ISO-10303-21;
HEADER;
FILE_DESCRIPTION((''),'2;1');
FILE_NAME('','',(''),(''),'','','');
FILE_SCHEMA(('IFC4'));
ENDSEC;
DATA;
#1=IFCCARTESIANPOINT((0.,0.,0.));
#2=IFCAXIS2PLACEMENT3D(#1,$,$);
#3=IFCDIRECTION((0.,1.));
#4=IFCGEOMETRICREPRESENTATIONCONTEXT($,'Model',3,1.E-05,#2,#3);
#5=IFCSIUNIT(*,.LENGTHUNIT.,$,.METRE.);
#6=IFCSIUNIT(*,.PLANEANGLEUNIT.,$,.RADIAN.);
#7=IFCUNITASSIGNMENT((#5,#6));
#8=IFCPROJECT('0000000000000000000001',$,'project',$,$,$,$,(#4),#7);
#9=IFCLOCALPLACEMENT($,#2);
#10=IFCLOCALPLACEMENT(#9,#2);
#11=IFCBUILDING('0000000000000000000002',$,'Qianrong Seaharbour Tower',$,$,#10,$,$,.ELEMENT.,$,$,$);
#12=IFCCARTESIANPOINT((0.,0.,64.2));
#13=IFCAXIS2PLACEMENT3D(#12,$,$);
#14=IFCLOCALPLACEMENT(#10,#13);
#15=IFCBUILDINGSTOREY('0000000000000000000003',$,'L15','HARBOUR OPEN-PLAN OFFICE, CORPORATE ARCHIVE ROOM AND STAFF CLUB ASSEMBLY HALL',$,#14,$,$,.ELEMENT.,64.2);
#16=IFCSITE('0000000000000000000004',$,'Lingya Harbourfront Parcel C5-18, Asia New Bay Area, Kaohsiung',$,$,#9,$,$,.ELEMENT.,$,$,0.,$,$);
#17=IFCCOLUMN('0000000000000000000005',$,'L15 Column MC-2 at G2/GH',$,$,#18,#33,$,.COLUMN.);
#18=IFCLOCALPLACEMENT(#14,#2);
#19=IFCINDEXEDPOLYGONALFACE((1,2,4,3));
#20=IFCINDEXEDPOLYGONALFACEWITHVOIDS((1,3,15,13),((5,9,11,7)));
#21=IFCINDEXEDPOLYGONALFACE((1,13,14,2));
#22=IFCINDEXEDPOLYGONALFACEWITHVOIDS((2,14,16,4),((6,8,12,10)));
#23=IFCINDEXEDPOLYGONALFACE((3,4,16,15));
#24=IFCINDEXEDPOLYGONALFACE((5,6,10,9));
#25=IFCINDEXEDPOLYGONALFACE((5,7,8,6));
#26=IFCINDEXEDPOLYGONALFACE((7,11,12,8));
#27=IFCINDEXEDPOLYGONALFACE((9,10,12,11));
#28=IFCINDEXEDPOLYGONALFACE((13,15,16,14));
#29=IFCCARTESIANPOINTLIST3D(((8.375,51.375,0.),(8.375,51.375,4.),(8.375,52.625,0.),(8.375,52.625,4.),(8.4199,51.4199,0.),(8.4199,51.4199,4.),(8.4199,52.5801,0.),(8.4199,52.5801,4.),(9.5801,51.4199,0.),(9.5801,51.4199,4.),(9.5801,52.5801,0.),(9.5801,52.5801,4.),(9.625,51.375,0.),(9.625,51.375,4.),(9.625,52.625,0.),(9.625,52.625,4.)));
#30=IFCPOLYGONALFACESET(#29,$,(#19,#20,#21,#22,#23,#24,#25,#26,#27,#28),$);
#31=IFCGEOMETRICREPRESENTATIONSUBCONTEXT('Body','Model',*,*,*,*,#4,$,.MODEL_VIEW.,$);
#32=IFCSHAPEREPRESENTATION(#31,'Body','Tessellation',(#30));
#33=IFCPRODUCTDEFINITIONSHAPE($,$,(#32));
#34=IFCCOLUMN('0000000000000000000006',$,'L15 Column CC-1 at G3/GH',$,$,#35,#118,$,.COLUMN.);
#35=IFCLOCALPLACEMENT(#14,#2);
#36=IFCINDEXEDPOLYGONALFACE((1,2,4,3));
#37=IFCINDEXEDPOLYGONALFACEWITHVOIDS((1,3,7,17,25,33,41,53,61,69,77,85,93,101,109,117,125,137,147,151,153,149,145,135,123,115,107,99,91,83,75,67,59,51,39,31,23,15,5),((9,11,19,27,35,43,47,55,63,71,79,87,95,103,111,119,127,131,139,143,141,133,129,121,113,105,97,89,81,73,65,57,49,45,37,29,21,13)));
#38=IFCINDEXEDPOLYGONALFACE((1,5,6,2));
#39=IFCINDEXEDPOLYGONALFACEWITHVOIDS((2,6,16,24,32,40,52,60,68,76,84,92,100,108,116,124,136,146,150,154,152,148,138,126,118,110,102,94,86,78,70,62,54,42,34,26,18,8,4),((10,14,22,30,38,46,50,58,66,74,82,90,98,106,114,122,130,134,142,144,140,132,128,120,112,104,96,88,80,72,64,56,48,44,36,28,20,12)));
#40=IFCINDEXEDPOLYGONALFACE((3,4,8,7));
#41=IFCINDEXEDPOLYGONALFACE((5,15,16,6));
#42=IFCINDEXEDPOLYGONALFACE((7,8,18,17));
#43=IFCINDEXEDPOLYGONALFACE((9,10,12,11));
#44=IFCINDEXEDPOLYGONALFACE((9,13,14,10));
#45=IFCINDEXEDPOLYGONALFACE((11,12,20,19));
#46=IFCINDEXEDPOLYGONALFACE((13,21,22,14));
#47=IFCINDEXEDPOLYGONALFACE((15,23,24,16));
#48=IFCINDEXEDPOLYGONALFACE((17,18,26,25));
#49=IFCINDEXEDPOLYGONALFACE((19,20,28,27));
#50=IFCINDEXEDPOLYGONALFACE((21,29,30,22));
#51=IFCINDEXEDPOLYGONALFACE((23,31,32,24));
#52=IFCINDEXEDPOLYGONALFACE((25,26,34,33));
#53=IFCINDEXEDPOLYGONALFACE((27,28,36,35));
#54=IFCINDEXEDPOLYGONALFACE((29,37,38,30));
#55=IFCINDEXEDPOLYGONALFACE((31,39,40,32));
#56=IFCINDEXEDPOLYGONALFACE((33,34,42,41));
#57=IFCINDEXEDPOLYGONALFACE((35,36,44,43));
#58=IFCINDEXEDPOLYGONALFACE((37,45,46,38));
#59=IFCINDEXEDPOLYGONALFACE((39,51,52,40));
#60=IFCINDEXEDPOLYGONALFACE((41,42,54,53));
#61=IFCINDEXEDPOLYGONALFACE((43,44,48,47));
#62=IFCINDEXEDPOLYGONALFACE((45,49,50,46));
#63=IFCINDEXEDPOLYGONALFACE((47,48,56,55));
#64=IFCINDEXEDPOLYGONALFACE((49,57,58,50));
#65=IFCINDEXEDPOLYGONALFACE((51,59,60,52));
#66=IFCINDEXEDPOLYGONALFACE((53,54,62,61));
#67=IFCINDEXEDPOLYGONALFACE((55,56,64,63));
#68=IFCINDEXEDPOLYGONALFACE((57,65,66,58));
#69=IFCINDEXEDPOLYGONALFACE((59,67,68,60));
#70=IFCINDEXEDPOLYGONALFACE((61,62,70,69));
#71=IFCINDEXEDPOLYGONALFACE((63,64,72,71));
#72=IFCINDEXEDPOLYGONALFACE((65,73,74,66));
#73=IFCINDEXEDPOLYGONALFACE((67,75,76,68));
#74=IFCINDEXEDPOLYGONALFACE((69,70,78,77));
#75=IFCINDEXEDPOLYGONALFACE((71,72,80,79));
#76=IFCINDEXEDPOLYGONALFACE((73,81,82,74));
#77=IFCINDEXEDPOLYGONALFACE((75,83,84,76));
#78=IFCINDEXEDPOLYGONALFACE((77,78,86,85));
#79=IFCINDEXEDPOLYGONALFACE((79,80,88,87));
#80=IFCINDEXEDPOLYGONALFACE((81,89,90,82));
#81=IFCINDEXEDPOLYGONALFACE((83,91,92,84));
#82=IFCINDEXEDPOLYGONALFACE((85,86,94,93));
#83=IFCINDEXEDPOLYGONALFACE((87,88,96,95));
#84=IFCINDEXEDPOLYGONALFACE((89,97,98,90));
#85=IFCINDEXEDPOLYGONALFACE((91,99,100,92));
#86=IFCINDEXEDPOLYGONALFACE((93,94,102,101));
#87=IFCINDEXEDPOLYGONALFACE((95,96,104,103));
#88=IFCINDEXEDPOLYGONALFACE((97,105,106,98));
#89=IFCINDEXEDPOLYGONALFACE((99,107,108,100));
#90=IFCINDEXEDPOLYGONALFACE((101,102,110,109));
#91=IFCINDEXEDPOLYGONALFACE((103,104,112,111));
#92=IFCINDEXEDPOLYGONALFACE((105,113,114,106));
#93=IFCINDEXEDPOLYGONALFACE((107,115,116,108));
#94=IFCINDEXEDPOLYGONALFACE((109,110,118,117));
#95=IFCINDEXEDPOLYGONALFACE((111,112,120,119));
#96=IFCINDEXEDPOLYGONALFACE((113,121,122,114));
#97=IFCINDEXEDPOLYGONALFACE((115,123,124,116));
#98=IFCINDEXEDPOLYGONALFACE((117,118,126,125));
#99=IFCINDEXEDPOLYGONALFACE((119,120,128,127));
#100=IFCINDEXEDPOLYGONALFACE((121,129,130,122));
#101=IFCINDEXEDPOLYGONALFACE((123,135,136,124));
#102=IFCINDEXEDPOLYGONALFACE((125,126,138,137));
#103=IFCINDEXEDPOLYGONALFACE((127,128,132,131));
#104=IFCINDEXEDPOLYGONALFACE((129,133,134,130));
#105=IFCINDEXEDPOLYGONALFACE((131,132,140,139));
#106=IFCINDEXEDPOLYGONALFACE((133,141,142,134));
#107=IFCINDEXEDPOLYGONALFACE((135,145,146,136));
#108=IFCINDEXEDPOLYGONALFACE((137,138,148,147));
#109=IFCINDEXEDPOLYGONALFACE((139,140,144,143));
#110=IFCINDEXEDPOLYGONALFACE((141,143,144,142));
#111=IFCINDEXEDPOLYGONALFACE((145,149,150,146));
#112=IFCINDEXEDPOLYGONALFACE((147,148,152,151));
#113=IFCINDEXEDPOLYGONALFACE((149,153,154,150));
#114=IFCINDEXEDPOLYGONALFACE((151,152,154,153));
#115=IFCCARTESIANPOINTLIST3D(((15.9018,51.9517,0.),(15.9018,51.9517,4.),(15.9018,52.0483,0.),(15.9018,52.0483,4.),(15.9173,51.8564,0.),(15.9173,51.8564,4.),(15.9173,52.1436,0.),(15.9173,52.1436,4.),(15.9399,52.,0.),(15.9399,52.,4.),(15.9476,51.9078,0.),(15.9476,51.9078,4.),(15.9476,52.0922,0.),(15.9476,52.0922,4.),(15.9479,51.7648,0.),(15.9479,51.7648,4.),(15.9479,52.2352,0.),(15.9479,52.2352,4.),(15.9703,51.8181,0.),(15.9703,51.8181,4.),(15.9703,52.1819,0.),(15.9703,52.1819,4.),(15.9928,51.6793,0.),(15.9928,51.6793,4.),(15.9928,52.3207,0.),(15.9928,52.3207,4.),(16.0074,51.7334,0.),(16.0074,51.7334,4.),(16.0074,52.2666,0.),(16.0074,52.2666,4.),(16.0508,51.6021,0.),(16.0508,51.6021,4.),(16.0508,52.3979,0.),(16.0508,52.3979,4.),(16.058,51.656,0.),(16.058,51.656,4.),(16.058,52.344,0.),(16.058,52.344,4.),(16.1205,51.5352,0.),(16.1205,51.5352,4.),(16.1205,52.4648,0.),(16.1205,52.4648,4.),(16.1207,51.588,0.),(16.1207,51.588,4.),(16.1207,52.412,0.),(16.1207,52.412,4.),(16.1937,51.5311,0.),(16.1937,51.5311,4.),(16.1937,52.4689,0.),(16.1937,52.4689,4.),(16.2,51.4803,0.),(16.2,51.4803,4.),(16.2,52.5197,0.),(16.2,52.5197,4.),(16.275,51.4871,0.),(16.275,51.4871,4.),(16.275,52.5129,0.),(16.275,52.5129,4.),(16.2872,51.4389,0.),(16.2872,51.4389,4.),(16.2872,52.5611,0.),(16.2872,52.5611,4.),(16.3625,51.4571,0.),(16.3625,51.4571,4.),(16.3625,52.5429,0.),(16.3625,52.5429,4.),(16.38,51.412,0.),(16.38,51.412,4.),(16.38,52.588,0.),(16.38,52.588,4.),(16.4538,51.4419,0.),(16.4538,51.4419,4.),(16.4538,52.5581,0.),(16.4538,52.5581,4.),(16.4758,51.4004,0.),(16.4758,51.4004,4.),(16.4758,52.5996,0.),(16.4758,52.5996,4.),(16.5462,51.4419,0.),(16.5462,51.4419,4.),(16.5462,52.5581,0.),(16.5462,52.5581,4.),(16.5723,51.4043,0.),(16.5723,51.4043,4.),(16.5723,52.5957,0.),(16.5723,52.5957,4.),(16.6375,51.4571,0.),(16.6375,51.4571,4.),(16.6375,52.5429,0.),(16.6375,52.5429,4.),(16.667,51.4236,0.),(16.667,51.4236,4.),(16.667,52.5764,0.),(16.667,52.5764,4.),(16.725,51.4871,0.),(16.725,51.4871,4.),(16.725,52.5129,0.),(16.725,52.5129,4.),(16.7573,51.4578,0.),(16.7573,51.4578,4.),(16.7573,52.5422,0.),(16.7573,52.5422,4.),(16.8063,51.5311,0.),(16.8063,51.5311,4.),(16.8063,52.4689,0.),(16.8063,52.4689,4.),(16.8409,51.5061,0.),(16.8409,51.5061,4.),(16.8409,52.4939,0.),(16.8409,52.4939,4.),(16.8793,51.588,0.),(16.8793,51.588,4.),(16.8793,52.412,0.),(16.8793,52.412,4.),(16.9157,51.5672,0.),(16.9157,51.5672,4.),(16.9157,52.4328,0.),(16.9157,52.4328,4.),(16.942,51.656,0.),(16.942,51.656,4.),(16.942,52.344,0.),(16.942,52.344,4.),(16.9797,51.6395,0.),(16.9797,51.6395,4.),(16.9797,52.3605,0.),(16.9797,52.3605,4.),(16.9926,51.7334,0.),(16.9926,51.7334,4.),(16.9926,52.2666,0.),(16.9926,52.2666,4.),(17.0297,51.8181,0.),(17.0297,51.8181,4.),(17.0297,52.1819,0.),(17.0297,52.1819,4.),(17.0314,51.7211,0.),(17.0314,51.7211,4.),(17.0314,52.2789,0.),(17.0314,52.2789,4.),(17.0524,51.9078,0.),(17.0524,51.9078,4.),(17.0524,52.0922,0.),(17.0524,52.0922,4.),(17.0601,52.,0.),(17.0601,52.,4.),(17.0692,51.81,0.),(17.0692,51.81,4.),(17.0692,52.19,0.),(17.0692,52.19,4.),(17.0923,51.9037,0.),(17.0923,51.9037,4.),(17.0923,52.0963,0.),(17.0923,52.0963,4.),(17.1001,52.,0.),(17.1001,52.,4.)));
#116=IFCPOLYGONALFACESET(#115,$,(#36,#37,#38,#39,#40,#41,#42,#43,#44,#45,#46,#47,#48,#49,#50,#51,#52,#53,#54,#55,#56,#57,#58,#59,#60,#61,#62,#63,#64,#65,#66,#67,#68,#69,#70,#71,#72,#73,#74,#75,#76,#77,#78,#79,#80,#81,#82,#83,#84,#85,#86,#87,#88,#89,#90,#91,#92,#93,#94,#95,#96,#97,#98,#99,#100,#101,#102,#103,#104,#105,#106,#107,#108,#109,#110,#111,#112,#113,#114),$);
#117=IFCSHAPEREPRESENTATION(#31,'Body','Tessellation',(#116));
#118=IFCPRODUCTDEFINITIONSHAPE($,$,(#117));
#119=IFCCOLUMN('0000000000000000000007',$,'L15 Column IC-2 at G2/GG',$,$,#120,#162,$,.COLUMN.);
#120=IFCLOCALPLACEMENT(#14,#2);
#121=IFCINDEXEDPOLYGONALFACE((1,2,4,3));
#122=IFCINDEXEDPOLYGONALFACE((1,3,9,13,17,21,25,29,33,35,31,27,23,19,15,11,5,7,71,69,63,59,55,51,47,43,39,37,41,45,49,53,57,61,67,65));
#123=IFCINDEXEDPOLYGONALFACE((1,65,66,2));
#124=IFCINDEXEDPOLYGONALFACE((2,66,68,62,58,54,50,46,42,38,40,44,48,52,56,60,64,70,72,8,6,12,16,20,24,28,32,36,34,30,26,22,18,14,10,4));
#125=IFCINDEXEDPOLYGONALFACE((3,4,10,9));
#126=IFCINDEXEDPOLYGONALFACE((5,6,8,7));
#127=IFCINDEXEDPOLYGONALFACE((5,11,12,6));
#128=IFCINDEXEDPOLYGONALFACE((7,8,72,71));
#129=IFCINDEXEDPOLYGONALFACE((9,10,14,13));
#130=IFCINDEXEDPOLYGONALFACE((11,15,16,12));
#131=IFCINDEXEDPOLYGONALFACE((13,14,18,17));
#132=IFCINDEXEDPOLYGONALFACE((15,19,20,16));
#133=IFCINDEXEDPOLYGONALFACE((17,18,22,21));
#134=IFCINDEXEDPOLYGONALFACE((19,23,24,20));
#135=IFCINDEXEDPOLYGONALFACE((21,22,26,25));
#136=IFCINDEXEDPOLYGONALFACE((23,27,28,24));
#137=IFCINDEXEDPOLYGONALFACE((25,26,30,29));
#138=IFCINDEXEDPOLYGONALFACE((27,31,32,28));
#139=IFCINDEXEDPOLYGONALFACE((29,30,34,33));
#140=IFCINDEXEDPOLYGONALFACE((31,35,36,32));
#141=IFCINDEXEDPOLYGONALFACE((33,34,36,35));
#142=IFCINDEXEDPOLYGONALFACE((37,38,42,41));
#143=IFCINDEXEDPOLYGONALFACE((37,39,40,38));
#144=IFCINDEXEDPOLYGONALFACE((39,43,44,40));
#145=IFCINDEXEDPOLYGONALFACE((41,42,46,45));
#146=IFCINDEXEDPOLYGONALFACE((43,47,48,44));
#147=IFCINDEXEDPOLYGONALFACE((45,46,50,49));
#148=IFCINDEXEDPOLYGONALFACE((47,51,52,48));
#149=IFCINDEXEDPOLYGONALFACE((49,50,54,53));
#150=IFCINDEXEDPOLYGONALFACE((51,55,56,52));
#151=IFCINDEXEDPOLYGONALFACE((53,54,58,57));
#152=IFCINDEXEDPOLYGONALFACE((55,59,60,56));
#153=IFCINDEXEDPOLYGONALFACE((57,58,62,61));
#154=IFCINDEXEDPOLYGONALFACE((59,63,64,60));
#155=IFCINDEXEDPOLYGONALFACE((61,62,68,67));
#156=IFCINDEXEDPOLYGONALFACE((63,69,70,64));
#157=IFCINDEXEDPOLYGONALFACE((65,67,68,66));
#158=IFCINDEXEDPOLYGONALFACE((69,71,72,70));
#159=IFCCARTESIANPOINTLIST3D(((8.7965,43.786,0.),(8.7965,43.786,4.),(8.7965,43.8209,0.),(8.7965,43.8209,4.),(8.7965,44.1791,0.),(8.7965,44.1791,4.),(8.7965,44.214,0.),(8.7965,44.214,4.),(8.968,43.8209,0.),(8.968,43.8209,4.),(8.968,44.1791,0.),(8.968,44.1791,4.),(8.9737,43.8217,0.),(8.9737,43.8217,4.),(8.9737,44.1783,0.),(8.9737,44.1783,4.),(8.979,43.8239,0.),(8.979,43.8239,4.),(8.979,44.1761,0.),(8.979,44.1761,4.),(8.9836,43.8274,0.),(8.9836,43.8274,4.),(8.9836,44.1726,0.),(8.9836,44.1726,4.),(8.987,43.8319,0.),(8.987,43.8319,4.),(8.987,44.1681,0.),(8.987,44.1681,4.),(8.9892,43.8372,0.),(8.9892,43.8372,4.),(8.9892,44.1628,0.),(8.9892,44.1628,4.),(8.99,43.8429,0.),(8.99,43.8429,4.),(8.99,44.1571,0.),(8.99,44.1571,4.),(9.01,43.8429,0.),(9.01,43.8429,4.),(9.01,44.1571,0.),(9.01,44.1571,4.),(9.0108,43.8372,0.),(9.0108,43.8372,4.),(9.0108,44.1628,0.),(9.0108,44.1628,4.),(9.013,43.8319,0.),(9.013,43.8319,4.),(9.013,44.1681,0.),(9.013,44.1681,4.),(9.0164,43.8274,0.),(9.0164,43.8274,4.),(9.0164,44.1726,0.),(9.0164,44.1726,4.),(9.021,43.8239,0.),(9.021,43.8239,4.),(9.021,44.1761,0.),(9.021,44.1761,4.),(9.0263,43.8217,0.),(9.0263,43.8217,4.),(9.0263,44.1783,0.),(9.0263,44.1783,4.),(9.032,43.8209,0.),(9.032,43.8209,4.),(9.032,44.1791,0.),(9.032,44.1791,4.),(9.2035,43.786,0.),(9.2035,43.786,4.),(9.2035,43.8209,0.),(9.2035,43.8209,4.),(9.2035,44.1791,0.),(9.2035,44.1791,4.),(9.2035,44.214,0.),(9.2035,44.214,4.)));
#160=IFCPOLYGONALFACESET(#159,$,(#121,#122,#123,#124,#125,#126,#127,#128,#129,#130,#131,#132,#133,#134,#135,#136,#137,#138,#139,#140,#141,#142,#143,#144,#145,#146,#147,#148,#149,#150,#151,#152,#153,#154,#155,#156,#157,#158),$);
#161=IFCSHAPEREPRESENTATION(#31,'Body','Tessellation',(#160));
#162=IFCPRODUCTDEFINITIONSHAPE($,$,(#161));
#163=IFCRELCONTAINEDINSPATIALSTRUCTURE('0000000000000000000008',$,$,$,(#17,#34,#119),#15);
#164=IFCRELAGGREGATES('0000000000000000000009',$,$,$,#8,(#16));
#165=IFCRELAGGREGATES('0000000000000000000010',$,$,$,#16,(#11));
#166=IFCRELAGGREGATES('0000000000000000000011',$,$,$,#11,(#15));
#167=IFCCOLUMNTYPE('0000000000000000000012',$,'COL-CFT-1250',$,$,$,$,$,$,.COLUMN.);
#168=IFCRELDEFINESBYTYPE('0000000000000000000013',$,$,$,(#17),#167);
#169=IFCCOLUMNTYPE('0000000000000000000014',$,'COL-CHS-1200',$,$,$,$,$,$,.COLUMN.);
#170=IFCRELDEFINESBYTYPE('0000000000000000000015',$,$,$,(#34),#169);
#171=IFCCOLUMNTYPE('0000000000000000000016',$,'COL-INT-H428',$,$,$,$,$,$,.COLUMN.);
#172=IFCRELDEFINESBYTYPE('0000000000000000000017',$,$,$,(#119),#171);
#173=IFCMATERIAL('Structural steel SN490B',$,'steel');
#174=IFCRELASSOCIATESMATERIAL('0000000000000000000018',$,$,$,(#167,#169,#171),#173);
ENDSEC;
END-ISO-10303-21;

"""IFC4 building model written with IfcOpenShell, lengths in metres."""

from ifc_helpers import new_model, si_unit, direction, frame, origin, origin_2d, place, context, subcontext, project, spatial, hollow_rectangle, hollow_circle, i_section, extrude, material, material_profile, profile_set, type_object, element, save


model = new_model("IFC4")

# Units and contexts
model_context = context("Model", 3, precision=1e-05, world=origin(), true_north=direction((0.0, 1.0)))
body_context = subcontext(model_context, "Body", "Model", "MODEL_VIEW")
ifc_project = project(units=[si_unit("LENGTHUNIT", "METRE"), si_unit("PLANEANGLEUNIT", "RADIAN")], contexts=[model_context])

# Site, building, storey
site_placement = place(None, origin())
site = spatial("IfcSite", under=ifc_project, at=site_placement, Name="Lingya Harbourfront Parcel C5-18, Asia New Bay Area, Kaohsiung", CompositionType="ELEMENT", RefElevation=0.0)
building_placement = place(site_placement, origin())
building = spatial("IfcBuilding", under=site, at=building_placement, Name="Qianrong Seaharbour Tower", CompositionType="ELEMENT")
storey_placement = place(building_placement, frame((0.0, 0.0, 64.2)))
storey = spatial("IfcBuildingStorey", under=building, at=storey_placement, Name="L15", Description="HARBOUR OPEN-PLAN OFFICE, CORPORATE ARCHIVE ROOM AND STAFF CLUB ASSEMBLY HALL", CompositionType="ELEMENT", Elevation=64.2)

# Columns
ifc_material_1 = material(Name="Structural steel SN490B", Category="steel")
ifc_material_profile_1 = material_profile(ifc_material_1, hollow_rectangle(XDim=1.25, YDim=1.25, WallThickness=0.0449, at=origin_2d()), Name="BOX1250x1250x45")
ifc_profile_set_1 = profile_set([ifc_material_profile_1], Name="Structural steel SN490B")
column_type_1 = type_object("IfcColumnType", Name="COL-CFT-1250", PredefinedType="COLUMN", material=ifc_profile_set_1)
column_1_placement = place(storey_placement, frame((9.0, 52.0, 0.0), z_axis=(0.0, 0.0, 1.0), x_axis=(1.0, 0.0, 0.0)))
element("IfcColumn", 1, at=column_1_placement, inside=storey, type_object=column_type_1, Name="L15 Column MC-2 at G2/GH", PredefinedType="COLUMN", context=body_context, shape_type="SweptSolid", body=[
    extrude(hollow_rectangle(XDim=1.25, YDim=1.25, WallThickness=0.0449, at=origin_2d()), origin(), (0.0, 0.0, 1.0), 4.0),
])
ifc_material_profile_2 = material_profile(ifc_material_1, hollow_circle(Radius=0.6001, WallThickness=0.04, at=origin_2d()), Name="CHS1200x40")
ifc_profile_set_2 = profile_set([ifc_material_profile_2], Name="Structural steel SN490B")
column_type_2 = type_object("IfcColumnType", Name="COL-CHS-1200", PredefinedType="COLUMN", material=ifc_profile_set_2)
column_2_placement = place(storey_placement, frame((16.5, 52.0, 0.0), z_axis=(0.0, 0.0, 1.0), x_axis=(1.0, 0.0, 0.0)))
element("IfcColumn", 2, at=column_2_placement, inside=storey, type_object=column_type_2, Name="L15 Column CC-1 at G3/GH", PredefinedType="COLUMN", context=body_context, shape_type="SweptSolid", body=[
    extrude(hollow_circle(Radius=0.6001, WallThickness=0.04, at=origin_2d()), origin(), (0.0, 0.0, 1.0), 4.0),
])
ifc_material_profile_3 = material_profile(ifc_material_1, i_section(OverallWidth=0.407, OverallDepth=0.428, WebThickness=0.02, FlangeThickness=0.0349, FilletRadius=0.022, at=origin_2d()), Name="H428x407x20x35")
ifc_profile_set_3 = profile_set([ifc_material_profile_3], Name="Structural steel SN490B")
column_type_3 = type_object("IfcColumnType", Name="COL-INT-H428", PredefinedType="COLUMN", material=ifc_profile_set_3)
for number, where, z_axis, x_axis, name in (
    (3, (9.0, 44.0, 0.0), (0.0, 0.0, 1.0), (1.0, 0.0, 0.0), "L15 Column IC-2 at G2/GG"),
):
    element("IfcColumn", number, at=place(storey_placement, frame(where, z_axis=z_axis, x_axis=x_axis)), inside=storey, type_object=column_type_3, Name=name, PredefinedType="COLUMN", context=body_context, shape_type="SweptSolid", body=[
        extrude(i_section(OverallWidth=0.407, OverallDepth=0.428, WebThickness=0.02, FlangeThickness=0.0349, FilletRadius=0.022, at=origin_2d()), origin(), (0.0, 0.0, 1.0), 4.0),
    ])

save(model, "model.ifc")
